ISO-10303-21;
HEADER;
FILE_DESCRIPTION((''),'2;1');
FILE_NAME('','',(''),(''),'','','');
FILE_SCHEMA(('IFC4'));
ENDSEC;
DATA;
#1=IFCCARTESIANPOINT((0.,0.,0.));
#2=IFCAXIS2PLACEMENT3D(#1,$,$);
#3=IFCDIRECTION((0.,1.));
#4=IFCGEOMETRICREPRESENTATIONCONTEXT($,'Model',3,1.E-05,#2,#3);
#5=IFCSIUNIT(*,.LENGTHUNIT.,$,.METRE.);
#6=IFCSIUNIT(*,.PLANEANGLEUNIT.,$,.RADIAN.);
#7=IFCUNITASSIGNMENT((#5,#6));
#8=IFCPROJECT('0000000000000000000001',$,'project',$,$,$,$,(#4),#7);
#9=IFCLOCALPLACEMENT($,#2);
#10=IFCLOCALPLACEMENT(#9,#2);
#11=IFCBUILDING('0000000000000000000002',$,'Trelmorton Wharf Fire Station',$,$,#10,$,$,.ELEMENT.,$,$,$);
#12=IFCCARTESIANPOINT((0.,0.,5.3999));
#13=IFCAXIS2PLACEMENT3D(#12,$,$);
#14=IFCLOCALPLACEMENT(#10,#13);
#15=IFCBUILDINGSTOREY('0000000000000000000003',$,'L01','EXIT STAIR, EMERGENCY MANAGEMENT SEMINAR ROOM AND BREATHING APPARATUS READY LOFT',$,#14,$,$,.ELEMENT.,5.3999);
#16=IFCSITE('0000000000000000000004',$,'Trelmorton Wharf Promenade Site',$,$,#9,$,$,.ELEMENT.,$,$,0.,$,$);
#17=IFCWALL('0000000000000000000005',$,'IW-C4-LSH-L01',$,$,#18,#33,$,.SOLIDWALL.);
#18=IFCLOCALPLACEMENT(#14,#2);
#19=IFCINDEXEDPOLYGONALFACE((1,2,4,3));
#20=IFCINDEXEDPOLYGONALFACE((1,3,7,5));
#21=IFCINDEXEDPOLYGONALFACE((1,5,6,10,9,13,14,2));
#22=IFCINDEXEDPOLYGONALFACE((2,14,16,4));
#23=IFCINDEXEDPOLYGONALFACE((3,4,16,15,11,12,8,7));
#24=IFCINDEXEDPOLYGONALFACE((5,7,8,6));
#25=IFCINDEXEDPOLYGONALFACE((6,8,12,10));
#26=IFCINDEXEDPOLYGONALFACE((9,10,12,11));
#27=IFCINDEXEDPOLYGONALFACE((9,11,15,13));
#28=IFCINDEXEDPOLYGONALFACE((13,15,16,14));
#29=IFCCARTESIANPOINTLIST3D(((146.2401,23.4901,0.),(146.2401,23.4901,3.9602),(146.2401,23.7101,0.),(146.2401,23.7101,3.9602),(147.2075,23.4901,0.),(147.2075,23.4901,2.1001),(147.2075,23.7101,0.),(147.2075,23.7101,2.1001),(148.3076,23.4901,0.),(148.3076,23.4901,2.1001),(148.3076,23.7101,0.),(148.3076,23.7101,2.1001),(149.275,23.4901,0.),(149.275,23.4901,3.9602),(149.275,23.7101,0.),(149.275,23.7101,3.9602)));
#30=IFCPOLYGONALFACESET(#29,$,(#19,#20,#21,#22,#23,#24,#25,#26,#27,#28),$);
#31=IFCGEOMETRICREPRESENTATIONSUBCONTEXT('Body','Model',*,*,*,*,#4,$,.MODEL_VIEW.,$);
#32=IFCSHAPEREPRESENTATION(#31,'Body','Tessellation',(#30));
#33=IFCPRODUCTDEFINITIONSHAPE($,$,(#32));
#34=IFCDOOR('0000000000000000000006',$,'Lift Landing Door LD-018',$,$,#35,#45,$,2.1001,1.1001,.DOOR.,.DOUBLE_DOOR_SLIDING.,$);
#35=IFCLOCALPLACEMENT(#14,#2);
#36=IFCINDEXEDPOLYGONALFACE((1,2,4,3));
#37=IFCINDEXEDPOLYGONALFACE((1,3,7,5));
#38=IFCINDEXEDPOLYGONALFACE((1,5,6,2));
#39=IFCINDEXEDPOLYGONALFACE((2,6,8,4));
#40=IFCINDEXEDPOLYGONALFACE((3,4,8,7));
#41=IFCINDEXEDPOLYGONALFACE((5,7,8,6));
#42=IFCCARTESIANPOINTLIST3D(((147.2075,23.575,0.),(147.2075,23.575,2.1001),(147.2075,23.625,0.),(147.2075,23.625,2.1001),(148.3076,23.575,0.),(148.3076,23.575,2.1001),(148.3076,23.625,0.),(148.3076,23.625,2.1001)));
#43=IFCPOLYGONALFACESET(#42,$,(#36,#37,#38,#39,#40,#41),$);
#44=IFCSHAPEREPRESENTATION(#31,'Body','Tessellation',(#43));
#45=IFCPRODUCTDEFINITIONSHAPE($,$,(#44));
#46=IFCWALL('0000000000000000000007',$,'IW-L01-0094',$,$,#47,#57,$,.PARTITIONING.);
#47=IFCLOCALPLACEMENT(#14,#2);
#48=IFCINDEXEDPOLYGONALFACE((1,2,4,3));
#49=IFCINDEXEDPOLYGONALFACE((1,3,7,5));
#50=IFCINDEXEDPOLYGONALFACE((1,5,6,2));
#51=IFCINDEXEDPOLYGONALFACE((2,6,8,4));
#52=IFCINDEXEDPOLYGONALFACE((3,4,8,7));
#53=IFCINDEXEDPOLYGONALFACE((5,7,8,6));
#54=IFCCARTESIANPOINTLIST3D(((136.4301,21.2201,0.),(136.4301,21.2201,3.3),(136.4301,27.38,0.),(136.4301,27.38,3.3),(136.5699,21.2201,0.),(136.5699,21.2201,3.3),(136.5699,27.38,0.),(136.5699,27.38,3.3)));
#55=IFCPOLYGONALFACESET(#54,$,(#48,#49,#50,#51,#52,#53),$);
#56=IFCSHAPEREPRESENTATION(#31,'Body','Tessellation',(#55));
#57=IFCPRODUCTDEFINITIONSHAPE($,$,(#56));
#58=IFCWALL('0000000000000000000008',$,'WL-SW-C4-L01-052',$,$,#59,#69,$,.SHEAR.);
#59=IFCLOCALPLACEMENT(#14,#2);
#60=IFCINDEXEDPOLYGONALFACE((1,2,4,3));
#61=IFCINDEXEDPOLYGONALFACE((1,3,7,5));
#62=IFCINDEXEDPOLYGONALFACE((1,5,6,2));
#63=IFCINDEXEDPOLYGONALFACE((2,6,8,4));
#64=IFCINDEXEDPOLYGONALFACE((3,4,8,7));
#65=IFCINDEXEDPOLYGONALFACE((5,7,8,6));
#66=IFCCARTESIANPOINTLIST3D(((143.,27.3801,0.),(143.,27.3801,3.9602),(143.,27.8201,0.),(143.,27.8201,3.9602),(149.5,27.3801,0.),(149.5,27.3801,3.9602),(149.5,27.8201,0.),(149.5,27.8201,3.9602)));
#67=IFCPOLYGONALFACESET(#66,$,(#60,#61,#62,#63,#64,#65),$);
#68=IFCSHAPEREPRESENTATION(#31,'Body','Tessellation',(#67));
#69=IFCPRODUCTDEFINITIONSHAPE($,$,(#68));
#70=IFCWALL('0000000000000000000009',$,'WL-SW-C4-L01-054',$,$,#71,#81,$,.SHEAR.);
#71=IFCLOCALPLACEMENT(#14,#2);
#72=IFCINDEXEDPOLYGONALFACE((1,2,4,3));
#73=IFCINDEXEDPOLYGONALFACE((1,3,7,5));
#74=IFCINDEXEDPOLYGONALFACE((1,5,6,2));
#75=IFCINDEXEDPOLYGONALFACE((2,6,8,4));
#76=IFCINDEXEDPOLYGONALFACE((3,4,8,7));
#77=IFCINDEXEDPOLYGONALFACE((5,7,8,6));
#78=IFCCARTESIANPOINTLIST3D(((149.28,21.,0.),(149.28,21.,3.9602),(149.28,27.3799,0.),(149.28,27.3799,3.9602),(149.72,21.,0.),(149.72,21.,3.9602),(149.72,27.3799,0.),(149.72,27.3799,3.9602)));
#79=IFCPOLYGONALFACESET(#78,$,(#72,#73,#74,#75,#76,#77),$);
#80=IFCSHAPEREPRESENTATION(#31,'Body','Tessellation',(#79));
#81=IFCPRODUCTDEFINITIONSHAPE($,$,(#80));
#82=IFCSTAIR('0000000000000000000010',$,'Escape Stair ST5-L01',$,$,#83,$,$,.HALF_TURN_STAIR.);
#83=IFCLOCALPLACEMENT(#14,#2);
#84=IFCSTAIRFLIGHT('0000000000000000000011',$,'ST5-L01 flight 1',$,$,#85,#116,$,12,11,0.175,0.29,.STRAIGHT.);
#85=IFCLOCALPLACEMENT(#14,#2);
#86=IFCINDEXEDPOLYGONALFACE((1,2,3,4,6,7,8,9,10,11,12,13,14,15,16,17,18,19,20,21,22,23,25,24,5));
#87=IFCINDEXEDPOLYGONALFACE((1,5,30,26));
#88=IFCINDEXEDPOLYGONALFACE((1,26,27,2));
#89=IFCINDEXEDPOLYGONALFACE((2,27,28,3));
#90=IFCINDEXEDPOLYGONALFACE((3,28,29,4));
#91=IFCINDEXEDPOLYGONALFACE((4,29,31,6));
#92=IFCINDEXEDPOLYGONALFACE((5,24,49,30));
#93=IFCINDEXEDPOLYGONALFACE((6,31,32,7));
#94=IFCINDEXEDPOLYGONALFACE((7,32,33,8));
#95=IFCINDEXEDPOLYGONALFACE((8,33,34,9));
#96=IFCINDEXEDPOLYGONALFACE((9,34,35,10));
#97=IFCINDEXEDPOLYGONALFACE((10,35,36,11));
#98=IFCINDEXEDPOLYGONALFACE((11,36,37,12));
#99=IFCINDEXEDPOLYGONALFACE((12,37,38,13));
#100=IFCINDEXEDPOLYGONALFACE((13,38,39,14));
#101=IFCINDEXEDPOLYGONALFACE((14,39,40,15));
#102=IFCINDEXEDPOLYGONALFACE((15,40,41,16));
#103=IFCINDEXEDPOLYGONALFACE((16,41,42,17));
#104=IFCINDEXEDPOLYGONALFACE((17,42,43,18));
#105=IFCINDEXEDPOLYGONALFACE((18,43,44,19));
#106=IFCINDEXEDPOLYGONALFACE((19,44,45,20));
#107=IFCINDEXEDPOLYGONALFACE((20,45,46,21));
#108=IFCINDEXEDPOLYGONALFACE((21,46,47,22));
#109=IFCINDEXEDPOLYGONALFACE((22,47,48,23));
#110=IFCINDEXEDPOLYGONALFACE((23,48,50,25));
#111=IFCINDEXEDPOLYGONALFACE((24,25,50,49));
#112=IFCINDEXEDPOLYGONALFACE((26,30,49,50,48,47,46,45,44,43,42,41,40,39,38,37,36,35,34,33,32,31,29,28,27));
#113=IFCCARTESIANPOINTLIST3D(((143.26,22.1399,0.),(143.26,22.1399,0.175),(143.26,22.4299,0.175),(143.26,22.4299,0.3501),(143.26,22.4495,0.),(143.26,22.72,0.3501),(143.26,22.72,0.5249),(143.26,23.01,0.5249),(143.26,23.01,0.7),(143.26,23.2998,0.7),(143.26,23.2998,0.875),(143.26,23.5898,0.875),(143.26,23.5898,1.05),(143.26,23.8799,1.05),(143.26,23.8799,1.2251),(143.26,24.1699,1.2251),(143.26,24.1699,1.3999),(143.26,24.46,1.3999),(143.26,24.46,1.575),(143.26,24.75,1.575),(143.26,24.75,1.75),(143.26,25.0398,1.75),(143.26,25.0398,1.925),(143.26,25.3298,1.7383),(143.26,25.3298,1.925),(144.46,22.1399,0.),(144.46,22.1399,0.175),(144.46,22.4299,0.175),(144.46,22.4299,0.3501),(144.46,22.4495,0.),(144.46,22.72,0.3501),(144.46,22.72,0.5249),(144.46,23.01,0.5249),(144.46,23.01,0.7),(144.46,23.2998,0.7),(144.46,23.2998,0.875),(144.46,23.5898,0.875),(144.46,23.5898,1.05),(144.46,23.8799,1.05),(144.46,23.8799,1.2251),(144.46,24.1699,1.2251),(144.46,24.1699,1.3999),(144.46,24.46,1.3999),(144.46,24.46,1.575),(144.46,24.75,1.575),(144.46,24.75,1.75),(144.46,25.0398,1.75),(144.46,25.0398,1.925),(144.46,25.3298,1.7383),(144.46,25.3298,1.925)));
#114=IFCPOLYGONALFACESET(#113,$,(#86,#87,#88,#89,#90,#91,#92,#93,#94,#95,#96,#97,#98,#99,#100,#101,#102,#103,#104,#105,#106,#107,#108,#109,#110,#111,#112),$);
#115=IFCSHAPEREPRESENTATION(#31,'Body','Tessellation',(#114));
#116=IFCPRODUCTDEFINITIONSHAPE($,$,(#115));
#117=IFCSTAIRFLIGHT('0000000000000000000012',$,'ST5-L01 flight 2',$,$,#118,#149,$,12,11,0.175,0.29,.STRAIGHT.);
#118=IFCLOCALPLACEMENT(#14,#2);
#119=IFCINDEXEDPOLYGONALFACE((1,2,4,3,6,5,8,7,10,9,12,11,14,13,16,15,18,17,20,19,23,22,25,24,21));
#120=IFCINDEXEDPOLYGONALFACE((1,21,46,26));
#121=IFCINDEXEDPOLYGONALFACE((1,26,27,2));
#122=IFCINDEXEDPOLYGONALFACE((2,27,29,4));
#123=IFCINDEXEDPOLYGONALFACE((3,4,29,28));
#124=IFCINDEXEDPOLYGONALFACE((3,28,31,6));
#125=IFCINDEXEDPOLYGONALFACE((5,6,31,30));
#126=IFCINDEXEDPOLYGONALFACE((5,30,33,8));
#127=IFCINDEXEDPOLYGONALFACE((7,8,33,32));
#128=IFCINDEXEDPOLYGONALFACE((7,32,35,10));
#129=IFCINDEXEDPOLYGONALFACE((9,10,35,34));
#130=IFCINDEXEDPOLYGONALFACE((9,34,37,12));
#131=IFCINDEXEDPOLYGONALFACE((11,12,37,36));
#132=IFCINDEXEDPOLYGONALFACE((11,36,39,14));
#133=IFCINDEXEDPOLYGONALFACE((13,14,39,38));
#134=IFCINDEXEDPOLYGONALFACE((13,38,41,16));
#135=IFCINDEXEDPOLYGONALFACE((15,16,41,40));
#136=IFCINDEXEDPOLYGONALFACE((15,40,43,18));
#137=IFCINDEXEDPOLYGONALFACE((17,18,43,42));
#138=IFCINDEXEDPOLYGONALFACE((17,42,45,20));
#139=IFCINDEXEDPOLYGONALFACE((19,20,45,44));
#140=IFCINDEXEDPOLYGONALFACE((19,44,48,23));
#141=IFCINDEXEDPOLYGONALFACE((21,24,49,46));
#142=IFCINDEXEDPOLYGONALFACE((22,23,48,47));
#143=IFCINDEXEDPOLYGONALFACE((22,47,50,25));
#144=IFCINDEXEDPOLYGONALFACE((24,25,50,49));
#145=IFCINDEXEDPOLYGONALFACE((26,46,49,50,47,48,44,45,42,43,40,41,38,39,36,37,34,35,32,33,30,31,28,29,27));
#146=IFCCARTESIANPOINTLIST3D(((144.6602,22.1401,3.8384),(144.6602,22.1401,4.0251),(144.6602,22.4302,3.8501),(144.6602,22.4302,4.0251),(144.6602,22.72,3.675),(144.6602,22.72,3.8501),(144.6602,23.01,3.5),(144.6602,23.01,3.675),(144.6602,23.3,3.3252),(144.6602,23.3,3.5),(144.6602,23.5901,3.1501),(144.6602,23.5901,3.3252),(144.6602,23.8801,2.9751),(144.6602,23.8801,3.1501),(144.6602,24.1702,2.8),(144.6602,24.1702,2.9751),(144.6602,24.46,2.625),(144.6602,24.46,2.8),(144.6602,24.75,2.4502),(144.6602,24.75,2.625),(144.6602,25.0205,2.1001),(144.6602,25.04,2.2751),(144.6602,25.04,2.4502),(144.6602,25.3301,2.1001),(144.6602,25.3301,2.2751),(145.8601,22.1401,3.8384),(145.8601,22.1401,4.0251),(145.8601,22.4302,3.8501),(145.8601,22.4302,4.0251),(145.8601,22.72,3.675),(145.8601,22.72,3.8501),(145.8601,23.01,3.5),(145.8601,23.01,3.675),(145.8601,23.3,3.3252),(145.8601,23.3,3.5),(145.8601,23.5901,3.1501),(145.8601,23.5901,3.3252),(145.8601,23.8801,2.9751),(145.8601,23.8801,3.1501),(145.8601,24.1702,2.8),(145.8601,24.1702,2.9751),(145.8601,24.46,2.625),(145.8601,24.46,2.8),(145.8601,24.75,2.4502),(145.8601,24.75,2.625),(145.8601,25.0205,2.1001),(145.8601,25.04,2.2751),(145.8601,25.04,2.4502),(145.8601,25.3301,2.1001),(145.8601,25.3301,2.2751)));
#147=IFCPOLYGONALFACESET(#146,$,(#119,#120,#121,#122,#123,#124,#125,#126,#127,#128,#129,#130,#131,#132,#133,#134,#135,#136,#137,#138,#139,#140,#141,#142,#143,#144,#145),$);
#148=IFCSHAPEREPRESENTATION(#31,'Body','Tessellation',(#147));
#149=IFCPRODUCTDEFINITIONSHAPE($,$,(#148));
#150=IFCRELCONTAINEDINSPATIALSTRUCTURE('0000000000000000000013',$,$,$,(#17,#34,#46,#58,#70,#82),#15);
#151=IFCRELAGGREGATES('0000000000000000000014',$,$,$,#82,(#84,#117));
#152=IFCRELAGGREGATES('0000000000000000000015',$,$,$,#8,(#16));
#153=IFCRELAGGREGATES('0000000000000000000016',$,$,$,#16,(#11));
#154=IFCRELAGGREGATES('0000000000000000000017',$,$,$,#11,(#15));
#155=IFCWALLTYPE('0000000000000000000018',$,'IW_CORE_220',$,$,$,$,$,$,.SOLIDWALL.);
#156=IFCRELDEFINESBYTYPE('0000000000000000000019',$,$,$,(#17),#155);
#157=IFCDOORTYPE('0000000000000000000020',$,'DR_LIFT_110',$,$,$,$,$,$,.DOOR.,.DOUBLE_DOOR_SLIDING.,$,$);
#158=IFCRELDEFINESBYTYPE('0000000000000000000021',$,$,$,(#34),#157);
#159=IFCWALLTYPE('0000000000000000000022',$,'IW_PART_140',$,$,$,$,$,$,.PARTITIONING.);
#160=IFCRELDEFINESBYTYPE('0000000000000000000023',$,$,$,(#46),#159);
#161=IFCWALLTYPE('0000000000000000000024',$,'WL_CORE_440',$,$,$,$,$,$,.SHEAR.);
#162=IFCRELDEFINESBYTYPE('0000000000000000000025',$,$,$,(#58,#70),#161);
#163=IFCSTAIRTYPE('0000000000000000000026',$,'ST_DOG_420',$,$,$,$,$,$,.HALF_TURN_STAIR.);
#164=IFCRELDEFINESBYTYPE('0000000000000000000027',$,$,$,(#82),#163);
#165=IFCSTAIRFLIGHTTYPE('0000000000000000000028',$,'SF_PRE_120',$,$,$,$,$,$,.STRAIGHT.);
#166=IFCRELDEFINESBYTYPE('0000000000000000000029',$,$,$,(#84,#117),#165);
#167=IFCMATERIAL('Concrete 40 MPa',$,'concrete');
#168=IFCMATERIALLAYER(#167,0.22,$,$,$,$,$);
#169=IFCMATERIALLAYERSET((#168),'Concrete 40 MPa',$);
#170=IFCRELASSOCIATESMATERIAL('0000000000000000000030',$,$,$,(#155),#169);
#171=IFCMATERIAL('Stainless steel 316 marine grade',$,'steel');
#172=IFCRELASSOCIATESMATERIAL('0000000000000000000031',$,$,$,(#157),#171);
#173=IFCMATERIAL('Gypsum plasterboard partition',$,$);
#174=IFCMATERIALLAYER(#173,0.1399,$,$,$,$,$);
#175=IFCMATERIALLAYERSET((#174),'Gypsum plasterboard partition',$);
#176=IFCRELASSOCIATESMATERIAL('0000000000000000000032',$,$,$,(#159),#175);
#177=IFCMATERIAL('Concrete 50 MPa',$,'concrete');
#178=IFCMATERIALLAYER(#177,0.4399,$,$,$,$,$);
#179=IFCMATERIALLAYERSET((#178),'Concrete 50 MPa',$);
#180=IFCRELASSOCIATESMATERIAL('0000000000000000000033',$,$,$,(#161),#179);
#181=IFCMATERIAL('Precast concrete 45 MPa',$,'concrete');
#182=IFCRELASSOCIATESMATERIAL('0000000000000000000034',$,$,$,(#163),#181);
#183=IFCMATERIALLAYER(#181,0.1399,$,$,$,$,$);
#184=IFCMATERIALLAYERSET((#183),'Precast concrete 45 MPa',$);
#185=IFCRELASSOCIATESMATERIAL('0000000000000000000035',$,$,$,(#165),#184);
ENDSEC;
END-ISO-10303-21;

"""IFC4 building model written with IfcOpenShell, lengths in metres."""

from ifc_helpers import new_model, si_unit, direction, frame, frame_2d, origin, place, context, subcontext, project, spatial, polyline, rectangle, outline, extrude, material, layer, layer_set, type_object, element, fill, aggregate, save


model = new_model("IFC4")

# Units and contexts
model_context = context("Model", 3, precision=1e-05, world=origin(), true_north=direction((0.0, 1.0)))
body_context = subcontext(model_context, "Body", "Model", "MODEL_VIEW")
ifc_project = project(units=[si_unit("LENGTHUNIT", "METRE"), si_unit("PLANEANGLEUNIT", "RADIAN")], contexts=[model_context])

# Site, building, storey
site_placement = place(None, origin())
site = spatial("IfcSite", under=ifc_project, at=site_placement, Name="Trelmorton Wharf Promenade Site", CompositionType="ELEMENT", RefElevation=0.0)
building_placement = place(site_placement, origin())
building = spatial("IfcBuilding", under=site, at=building_placement, Name="Trelmorton Wharf Fire Station", CompositionType="ELEMENT")
storey_placement = place(building_placement, frame((0.0, 0.0, 5.3999)))
storey = spatial("IfcBuildingStorey", under=building, at=storey_placement, Name="L01", Description="EXIT STAIR, EMERGENCY MANAGEMENT SEMINAR ROOM AND BREATHING APPARATUS READY LOFT", CompositionType="ELEMENT", Elevation=5.3999)

# Shared definitions
ifc_material_1 = material(Name="Precast concrete 45 MPa", Category="concrete")

# Shared definitions
ifc_material_2 = material(Name="Concrete 40 MPa", Category="concrete")
ifc_layer_1 = layer(ifc_material_2, 0.22)
ifc_layer_set_1 = layer_set([ifc_layer_1], Name="Concrete 40 MPa")
wall_type_1 = type_object("IfcWallType", Name="IW_CORE_220", PredefinedType="SOLIDWALL", material=ifc_layer_set_1)

# Wall, opening, door
ifc_material_3 = material(Name="Stainless steel 316 marine grade", Category="steel")
wall_1_placement = place(storey_placement, frame((146.24, 23.6001, 0.0), z_axis=(0.0, 0.0, 1.0), x_axis=(1.0, 0.0, 0.0)))
wall_1 = element("IfcWall", 1, at=wall_1_placement, inside=storey, type_object=wall_type_1, Name="IW-C4-LSH-L01", PredefinedType="SOLIDWALL", context=body_context, shape_type="SweptSolid", body=[
    extrude(rectangle(XDim=3.0349, YDim=0.22, at=frame_2d((1.5176, 0.0))), origin(), (0.0, 0.0, 1.0), 3.9602),
])
opening_1_placement = place(wall_1_placement, frame((0.9675, 0.0, 0.0)))
opening_1 = element("IfcOpeningElement", 2, at=opening_1_placement, cuts=wall_1, PredefinedType="OPENING", context=body_context, shape_type="SweptSolid", body=[
    extrude(rectangle(XDim=1.1001, YDim=2.1001, at=frame_2d((0.55, 1.05))), frame((0.0, 0.1201, 0.0), z_axis=(0.0, -1.0, 0.0), x_axis=(1.0, 0.0, 0.0)), (0.0, 0.0, 1.0), 0.24),
])
door_type_1 = type_object("IfcDoorType", Name="DR_LIFT_110", OperationType="DOUBLE_DOOR_SLIDING", PredefinedType="DOOR", material=ifc_material_3)
door_1_placement = place(opening_1_placement, origin())
door_1 = element("IfcDoor", 3, at=door_1_placement, inside=storey, type_object=door_type_1, Name="Lift Landing Door LD-018", OperationType="DOUBLE_DOOR_SLIDING", OverallHeight=2.1001, OverallWidth=1.1001, PredefinedType="DOOR", context=body_context, shape_type="SweptSolid", body=[
    extrude(rectangle(XDim=1.1001, YDim=2.1001, at=frame_2d((0.55, 1.05))), frame((0.0, 0.0249, 0.0), z_axis=(0.0, -1.0, 0.0), x_axis=(1.0, 0.0, 0.0)), (0.0, 0.0, 1.0), 0.05),
])
fill(opening_1, door_1)

# Walls
ifc_material_4 = material(Name="Gypsum plasterboard partition")
ifc_layer_2 = layer(ifc_material_4, 0.1399)
ifc_layer_set_2 = layer_set([ifc_layer_2], Name="Gypsum plasterboard partition")
wall_type_2 = type_object("IfcWallType", Name="IW_PART_140", PredefinedType="PARTITIONING", material=ifc_layer_set_2)
wall_2_placement = place(storey_placement, frame((136.5, 21.22, 0.0), z_axis=(0.0, 0.0, 1.0), x_axis=(0.0, 1.0, 0.0)))
element("IfcWall", 4, at=wall_2_placement, inside=storey, type_object=wall_type_2, Name="IW-L01-0094", PredefinedType="PARTITIONING", context=body_context, shape_type="SweptSolid", body=[
    extrude(rectangle(XDim=6.1599, YDim=0.1399, at=frame_2d((3.0801, 0.0))), origin(), (0.0, 0.0, 1.0), 3.3),
])
ifc_material_5 = material(Name="Concrete 50 MPa", Category="concrete")
ifc_layer_3 = layer(ifc_material_5, 0.4399)
ifc_layer_set_3 = layer_set([ifc_layer_3], Name="Concrete 50 MPa")
wall_type_3 = type_object("IfcWallType", Name="WL_CORE_440", PredefinedType="SHEAR", material=ifc_layer_set_3)
wall_3_placement = place(storey_placement, frame((143.0, 27.6001, 0.0), z_axis=(0.0, 0.0, 1.0), x_axis=(1.0, 0.0, 0.0)))
element("IfcWall", 5, at=wall_3_placement, inside=storey, type_object=wall_type_3, Name="WL-SW-C4-L01-052", PredefinedType="SHEAR", context=body_context, shape_type="SweptSolid", body=[
    extrude(rectangle(XDim=6.5, YDim=0.4399, at=frame_2d((3.25, 0.0))), origin(), (0.0, 0.0, 1.0), 3.9602),
])
wall_4_placement = place(storey_placement, frame((149.5, 21.0, 0.0), z_axis=(0.0, 0.0, 1.0), x_axis=(0.0, 1.0, 0.0)))
element("IfcWall", 6, at=wall_4_placement, inside=storey, type_object=wall_type_3, Name="WL-SW-C4-L01-054", PredefinedType="SHEAR", context=body_context, shape_type="SweptSolid", body=[
    extrude(rectangle(XDim=6.3799, YDim=0.4399, at=frame_2d((3.1899, 0.0))), origin(), (0.0, 0.0, 1.0), 3.9602),
])

# Stair, stair flights
stair_type = type_object("IfcStairType", Name="ST_DOG_420", PredefinedType="HALF_TURN_STAIR", material=ifc_material_1)
stair_placement = place(storey_placement, origin())
stair = element("IfcStair", 7, at=stair_placement, inside=storey, type_object=stair_type, Name="Escape Stair ST5-L01", PredefinedType="HALF_TURN_STAIR")
ifc_layer_4 = layer(ifc_material_1, 0.1399)
ifc_layer_set_4 = layer_set([ifc_layer_4], Name="Precast concrete 45 MPa")
stair_flight_type = type_object("IfcStairFlightType", Name="SF_PRE_120", PredefinedType="STRAIGHT", material=ifc_layer_set_4)
stair_flight_1_placement = place(storey_placement, frame((143.8601, 22.1399, 0.0), z_axis=(0.0, 0.0, 1.0), x_axis=(0.0, 1.0, 0.0)))
stair_flight_1 = element("IfcStairFlight", 8, at=stair_flight_1_placement, type_object=stair_flight_type, Name="ST5-L01 flight 1", NumberOfRisers=12, NumberOfTreads=11, PredefinedType="STRAIGHT", RiserHeight=0.175, TreadLength=0.29, context=body_context, shape_type="SweptSolid", body=[
    extrude(outline(polyline([(0.0, 0.0), (0.0, 0.175), (0.29, 0.175), (0.29, 0.3501), (0.5801, 0.3501), (0.5801, 0.5249), (0.8701, 0.5249), (0.8701, 0.7), (1.1599, 0.7), (1.1599, 0.875), (1.45, 0.875), (1.45, 1.05), (1.74, 1.05), (1.74, 1.2251), (2.03, 1.2251), (2.03, 1.3999), (2.3201, 1.3999), (2.3201, 1.575), (2.6101, 1.575), (2.6101, 1.75), (2.8999, 1.75), (2.8999, 1.925), (3.1899, 1.925), (3.1899, 2.1001), (3.1899, 1.7383), (0.3096, 0.0), (0.0, 0.0)])), frame((0.0, 0.6001, 0.0), z_axis=(0.0, -1.0, 0.0), x_axis=(1.0, 0.0, 0.0)), (0.0, 0.0, 1.0), 1.2),
])
stair_flight_2_placement = place(storey_placement, frame((145.26, 25.3301, 2.1001), z_axis=(0.0, 0.0, 1.0), x_axis=(0.0, -1.0, 0.0)))
stair_flight_2 = element("IfcStairFlight", 9, at=stair_flight_2_placement, type_object=stair_flight_type, Name="ST5-L01 flight 2", NumberOfRisers=12, NumberOfTreads=11, PredefinedType="STRAIGHT", RiserHeight=0.175, TreadLength=0.29, context=body_context, shape_type="SweptSolid", body=[
    extrude(outline(polyline([(0.0, 0.0), (0.0, 0.175), (0.29, 0.175), (0.29, 0.3501), (0.5801, 0.3501), (0.5801, 0.5249), (0.8701, 0.5249), (0.8701, 0.7), (1.1599, 0.7), (1.1599, 0.875), (1.45, 0.875), (1.45, 1.05), (1.74, 1.05), (1.74, 1.2251), (2.03, 1.2251), (2.03, 1.3999), (2.3201, 1.3999), (2.3201, 1.575), (2.6101, 1.575), (2.6101, 1.75), (2.8999, 1.75), (2.8999, 1.925), (3.1899, 1.925), (3.1899, 2.1001), (3.1899, 1.7383), (0.3096, 0.0), (0.0, 0.0)])), frame((0.0, 0.6001, 0.0), z_axis=(0.0, -1.0, 0.0), x_axis=(1.0, 0.0, 0.0)), (0.0, 0.0, 1.0), 1.2),
])
aggregate(stair, [stair_flight_1, stair_flight_2])

save(model, "model.ifc")
